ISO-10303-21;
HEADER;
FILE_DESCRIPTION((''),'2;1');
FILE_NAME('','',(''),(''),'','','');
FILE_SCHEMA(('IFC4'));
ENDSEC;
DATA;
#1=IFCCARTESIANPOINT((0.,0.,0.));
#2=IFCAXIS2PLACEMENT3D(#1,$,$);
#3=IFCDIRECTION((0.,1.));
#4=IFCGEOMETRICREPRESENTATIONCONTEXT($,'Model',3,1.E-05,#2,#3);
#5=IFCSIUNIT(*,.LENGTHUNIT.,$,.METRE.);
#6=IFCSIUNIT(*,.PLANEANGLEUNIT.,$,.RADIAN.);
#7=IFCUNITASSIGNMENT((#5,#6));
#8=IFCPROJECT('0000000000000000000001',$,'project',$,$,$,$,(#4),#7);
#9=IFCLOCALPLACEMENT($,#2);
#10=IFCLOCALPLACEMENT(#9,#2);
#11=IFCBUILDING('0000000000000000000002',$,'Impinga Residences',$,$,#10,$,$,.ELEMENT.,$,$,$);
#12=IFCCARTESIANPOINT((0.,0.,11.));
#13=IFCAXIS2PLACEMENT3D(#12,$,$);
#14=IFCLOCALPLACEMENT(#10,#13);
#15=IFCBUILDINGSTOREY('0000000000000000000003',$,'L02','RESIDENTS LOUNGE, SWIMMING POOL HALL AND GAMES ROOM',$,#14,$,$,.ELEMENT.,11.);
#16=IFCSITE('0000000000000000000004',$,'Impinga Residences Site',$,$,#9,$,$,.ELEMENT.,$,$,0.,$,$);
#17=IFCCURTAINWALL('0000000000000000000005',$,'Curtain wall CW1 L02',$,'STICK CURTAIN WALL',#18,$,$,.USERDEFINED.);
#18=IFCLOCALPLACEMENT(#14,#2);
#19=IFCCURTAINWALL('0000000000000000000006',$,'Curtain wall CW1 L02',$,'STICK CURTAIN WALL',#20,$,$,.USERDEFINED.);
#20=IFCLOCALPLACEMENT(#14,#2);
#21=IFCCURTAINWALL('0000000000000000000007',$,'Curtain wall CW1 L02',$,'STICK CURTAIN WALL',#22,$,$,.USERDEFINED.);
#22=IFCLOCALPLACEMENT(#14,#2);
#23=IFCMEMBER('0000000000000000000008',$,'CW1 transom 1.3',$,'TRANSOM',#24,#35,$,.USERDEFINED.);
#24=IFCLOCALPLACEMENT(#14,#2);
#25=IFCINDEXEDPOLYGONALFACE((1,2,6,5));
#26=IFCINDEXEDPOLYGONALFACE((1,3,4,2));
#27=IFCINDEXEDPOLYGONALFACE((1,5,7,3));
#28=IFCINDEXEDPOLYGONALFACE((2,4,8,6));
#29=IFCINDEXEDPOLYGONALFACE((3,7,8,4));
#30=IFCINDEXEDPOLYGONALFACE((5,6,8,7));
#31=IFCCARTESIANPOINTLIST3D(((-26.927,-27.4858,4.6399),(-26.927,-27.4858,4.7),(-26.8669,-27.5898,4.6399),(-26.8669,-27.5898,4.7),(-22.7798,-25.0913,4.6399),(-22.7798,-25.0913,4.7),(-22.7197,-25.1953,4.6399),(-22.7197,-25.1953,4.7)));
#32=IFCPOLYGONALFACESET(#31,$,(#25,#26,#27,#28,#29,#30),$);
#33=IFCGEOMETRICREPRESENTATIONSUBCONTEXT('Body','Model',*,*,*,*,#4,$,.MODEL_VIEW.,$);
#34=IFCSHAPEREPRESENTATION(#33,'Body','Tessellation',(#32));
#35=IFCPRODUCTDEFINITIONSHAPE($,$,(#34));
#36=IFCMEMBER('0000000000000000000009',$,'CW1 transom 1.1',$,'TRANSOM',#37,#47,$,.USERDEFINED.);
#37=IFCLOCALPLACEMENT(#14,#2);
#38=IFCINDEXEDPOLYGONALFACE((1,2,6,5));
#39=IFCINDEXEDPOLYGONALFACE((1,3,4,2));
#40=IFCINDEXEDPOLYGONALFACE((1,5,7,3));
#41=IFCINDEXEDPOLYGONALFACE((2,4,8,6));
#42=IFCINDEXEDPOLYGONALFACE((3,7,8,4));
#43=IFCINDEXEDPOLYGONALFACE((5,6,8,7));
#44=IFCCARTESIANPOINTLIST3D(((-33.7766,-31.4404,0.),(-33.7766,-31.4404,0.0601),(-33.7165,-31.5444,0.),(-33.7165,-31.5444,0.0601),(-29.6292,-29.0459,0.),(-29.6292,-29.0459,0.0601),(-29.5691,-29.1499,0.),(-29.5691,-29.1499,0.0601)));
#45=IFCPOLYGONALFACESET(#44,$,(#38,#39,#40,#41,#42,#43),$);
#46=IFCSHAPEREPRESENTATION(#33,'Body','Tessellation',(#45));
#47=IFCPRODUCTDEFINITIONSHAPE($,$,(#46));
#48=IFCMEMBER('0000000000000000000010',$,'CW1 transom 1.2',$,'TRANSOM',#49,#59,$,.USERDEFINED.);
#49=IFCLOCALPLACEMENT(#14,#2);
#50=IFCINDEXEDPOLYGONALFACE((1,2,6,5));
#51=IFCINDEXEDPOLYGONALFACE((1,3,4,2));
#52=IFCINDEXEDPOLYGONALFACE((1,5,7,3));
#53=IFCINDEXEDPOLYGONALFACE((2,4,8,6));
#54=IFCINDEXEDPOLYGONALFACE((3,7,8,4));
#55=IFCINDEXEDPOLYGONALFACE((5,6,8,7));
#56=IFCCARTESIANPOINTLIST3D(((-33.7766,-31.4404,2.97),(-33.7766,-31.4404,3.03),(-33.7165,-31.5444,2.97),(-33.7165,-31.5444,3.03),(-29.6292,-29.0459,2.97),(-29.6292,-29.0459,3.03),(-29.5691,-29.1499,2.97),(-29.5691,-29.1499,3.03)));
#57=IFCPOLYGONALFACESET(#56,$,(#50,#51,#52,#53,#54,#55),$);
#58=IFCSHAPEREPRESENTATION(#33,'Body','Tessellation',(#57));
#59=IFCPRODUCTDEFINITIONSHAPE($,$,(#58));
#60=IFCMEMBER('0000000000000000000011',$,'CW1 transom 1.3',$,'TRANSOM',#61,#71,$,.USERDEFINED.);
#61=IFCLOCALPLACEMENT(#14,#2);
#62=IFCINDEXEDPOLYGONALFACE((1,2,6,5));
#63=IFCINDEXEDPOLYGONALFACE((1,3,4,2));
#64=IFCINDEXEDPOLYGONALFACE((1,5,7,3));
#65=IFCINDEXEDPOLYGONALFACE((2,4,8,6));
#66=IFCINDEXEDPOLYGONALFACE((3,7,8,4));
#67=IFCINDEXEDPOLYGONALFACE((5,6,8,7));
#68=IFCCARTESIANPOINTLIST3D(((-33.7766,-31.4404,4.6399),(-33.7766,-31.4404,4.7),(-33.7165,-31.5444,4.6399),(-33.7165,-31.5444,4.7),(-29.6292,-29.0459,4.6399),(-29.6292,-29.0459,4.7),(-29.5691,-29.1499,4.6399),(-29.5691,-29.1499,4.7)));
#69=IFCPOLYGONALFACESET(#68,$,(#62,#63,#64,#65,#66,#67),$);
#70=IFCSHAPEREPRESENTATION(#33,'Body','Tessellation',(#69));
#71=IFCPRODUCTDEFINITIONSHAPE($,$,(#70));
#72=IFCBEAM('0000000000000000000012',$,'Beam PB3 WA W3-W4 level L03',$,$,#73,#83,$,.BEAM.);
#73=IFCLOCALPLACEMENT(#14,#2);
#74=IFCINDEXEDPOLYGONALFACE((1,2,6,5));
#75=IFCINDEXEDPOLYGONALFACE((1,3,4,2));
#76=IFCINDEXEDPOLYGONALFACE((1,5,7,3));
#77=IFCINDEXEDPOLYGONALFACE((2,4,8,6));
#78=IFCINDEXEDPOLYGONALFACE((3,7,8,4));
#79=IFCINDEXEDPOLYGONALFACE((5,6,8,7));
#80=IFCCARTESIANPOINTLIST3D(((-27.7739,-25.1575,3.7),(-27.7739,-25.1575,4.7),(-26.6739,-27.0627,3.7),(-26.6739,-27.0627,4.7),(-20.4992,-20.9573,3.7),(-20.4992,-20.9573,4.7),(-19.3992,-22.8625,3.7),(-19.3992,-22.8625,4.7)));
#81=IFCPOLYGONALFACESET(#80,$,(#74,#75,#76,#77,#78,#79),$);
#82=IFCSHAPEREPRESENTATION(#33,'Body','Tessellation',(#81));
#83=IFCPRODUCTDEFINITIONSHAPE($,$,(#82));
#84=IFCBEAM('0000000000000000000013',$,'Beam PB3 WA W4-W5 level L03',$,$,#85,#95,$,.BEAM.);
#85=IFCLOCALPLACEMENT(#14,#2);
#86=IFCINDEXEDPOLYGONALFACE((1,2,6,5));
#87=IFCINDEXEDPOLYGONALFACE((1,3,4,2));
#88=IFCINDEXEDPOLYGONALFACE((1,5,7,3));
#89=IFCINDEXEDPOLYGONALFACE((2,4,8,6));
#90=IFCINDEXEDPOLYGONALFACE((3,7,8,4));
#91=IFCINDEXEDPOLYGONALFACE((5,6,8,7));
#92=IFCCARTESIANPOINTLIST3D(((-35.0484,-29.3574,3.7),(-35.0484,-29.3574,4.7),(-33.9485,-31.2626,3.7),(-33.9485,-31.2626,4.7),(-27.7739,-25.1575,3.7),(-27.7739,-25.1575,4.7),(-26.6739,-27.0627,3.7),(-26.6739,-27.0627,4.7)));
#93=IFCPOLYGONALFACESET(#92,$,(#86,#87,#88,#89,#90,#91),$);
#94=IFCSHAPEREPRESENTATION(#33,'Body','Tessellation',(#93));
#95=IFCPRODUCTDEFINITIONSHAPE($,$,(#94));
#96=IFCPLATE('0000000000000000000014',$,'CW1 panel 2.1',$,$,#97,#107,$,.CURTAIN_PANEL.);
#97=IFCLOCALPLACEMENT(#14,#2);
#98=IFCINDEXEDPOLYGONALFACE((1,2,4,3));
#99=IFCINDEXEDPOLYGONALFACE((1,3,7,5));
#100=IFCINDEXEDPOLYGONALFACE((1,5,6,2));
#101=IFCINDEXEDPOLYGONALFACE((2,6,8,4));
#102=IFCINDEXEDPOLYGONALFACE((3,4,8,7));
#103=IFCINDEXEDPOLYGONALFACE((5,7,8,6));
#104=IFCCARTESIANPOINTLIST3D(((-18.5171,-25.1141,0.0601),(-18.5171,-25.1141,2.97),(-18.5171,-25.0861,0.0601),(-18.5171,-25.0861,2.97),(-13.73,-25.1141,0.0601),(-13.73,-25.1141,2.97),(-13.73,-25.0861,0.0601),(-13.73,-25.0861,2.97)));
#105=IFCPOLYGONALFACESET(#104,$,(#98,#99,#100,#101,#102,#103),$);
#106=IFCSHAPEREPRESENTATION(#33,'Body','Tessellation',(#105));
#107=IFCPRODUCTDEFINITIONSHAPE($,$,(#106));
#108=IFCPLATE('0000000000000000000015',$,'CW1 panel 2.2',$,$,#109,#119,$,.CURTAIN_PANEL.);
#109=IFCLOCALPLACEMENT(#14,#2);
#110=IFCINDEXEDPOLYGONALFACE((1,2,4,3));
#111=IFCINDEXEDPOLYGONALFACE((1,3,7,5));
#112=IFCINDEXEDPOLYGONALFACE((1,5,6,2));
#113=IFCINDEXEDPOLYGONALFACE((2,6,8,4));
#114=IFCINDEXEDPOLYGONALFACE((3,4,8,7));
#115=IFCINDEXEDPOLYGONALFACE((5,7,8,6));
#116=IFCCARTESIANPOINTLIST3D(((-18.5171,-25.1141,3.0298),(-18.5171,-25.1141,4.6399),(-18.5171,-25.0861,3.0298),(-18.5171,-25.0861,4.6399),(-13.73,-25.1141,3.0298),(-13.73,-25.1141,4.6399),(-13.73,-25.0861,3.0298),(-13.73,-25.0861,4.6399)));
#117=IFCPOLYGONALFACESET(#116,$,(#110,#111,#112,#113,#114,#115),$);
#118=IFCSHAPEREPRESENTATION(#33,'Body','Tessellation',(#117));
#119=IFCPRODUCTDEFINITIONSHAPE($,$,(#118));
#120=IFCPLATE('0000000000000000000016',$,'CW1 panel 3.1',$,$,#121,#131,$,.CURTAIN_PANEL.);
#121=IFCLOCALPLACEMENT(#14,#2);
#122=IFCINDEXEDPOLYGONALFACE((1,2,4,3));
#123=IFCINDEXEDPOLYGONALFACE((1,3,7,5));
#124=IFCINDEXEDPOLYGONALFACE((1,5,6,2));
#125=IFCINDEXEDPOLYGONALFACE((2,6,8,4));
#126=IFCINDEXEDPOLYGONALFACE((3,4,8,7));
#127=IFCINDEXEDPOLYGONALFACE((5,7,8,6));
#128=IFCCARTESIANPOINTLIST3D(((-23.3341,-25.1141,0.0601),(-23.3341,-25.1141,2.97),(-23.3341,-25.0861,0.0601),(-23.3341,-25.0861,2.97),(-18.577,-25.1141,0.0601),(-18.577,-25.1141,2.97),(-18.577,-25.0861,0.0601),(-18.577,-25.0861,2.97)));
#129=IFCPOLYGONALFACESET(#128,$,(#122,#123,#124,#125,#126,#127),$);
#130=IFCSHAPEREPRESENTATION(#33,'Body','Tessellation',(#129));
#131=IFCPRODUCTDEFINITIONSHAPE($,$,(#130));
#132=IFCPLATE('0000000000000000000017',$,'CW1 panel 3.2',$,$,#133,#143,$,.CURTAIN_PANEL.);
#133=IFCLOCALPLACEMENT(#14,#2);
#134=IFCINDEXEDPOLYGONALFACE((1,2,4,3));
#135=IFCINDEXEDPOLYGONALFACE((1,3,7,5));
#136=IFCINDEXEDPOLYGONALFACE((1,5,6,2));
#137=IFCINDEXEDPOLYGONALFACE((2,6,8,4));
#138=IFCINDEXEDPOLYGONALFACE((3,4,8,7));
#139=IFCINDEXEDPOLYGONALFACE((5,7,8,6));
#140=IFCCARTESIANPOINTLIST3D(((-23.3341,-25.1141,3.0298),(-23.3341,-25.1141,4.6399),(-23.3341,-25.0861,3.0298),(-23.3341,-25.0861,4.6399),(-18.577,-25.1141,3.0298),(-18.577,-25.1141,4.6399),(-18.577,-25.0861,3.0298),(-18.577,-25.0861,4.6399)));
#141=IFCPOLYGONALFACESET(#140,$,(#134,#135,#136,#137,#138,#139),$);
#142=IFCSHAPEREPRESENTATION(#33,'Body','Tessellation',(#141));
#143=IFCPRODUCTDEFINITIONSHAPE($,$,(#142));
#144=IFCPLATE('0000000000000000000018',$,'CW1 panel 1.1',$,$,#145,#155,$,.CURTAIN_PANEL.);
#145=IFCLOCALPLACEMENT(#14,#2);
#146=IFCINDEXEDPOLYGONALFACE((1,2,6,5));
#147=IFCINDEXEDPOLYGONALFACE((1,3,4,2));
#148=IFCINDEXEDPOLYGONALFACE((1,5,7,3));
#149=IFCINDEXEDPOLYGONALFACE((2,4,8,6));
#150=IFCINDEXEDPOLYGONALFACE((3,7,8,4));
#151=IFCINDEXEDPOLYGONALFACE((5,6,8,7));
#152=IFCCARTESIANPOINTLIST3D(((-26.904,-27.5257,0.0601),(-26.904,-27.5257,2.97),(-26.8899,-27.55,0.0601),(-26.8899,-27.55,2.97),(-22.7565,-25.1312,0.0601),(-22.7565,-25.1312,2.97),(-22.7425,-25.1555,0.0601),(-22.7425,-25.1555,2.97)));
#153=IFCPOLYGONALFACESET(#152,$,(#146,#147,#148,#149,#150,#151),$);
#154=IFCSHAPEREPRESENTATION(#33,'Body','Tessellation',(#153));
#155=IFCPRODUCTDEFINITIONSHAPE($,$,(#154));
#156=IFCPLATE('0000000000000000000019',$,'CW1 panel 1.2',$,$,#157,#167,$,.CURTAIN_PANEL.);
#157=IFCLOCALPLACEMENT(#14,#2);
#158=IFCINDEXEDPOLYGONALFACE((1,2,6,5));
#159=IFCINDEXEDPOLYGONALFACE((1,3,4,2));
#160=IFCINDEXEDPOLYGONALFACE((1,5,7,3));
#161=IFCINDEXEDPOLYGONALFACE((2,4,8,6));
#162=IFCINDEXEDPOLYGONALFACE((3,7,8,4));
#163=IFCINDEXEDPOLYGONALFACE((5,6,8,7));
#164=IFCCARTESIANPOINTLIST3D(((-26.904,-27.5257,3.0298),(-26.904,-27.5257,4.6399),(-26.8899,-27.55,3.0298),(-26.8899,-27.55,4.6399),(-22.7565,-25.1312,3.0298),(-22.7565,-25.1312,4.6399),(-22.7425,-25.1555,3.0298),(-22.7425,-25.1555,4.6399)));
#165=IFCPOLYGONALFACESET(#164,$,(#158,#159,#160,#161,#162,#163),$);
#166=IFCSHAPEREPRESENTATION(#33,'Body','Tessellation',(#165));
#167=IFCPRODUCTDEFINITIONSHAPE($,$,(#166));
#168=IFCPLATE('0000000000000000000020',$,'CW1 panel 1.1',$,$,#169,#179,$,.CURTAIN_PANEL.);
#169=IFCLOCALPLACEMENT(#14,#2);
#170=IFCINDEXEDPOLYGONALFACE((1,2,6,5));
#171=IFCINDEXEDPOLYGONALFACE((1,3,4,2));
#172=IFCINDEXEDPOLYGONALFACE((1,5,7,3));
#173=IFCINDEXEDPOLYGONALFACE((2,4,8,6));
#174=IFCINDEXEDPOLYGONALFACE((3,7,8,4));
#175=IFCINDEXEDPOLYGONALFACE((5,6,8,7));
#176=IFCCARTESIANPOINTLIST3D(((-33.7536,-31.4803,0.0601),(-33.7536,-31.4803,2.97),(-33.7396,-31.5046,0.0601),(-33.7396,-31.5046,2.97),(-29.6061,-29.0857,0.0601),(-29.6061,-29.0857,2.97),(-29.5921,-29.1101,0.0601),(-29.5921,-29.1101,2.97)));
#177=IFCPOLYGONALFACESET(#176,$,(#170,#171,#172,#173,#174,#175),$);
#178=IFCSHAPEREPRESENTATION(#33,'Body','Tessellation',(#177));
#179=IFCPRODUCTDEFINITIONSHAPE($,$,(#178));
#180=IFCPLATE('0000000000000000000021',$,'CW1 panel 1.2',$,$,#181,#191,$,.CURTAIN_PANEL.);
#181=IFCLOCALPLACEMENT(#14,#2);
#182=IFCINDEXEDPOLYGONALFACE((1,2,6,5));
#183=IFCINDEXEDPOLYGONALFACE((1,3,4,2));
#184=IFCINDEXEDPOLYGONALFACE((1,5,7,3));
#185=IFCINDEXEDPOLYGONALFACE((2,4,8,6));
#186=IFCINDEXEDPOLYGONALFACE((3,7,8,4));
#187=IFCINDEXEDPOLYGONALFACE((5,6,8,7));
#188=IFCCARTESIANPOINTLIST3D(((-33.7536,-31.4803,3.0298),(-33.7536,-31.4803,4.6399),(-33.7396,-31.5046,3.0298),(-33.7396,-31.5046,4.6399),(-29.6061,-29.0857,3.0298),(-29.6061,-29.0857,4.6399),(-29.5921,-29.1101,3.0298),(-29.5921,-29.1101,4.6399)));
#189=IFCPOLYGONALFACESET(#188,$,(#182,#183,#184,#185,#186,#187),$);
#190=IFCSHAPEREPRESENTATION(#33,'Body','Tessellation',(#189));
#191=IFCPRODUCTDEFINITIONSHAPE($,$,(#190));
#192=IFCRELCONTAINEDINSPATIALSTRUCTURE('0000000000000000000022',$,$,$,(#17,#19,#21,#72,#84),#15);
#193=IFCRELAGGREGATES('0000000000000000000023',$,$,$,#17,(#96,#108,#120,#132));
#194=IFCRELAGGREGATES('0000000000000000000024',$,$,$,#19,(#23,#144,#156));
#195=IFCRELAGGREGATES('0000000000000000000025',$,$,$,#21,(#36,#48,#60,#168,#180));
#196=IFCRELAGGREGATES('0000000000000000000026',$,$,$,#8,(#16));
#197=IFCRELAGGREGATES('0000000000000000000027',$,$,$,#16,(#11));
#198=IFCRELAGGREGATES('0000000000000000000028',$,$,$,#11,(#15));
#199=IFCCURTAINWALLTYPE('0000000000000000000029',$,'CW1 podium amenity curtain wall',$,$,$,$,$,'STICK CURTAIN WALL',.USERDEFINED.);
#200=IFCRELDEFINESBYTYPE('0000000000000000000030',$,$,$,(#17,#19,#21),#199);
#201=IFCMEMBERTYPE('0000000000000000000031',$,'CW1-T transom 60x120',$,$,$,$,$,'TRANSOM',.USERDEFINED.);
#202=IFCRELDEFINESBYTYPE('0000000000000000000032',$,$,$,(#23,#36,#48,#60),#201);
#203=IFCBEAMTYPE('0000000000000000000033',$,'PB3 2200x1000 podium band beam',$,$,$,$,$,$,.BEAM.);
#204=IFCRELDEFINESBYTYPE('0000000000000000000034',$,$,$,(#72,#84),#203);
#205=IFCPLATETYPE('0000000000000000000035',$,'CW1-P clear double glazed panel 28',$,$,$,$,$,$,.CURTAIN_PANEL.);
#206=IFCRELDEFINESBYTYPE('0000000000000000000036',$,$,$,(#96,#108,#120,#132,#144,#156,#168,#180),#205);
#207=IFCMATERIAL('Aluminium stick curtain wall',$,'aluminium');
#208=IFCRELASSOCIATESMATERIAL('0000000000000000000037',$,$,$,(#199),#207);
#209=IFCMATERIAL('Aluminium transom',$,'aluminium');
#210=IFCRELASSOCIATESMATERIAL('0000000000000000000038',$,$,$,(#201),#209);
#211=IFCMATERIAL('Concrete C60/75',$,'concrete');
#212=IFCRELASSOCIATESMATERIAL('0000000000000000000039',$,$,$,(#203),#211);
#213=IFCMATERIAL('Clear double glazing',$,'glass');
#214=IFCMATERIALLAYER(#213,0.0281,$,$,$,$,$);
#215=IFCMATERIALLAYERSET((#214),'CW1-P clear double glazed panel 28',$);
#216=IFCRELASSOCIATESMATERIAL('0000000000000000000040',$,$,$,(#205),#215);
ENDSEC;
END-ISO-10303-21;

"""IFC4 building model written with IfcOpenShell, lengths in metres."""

from ifc_helpers import new_model, si_unit, direction, frame, origin, origin_2d, place, context, subcontext, project, spatial, rectangle, extrude, material, layer, layer_set, material_profile, profile_set, type_object, element, aggregate, save


model = new_model("IFC4")

# Units and contexts
model_context = context("Model", 3, precision=1e-05, world=origin(), true_north=direction((0.0, 1.0)))
body_context = subcontext(model_context, "Body", "Model", "MODEL_VIEW")
ifc_project = project(units=[si_unit("LENGTHUNIT", "METRE"), si_unit("PLANEANGLEUNIT", "RADIAN")], contexts=[model_context])

# Site, building, storey
site_placement = place(None, origin())
site = spatial("IfcSite", under=ifc_project, at=site_placement, Name="Impinga Residences Site", CompositionType="ELEMENT", RefElevation=0.0)
building_placement = place(site_placement, origin())
building = spatial("IfcBuilding", under=site, at=building_placement, Name="Impinga Residences", CompositionType="ELEMENT")
storey_placement = place(building_placement, frame((0.0, 0.0, 11.0)))
storey = spatial("IfcBuildingStorey", under=building, at=storey_placement, Name="L02", Description="RESIDENTS LOUNGE, SWIMMING POOL HALL AND GAMES ROOM", CompositionType="ELEMENT", Elevation=11.0)

# Shared definitions
ifc_material_1 = material(Name="Concrete C60/75", Category="concrete")

# Curtain walls
ifc_material_2 = material(Name="Aluminium stick curtain wall", Category="aluminium")
curtain_wall_type = type_object("IfcCurtainWallType", Name="CW1 podium amenity curtain wall", ElementType="STICK CURTAIN WALL", PredefinedType="USERDEFINED", material=ifc_material_2)
curtain_wall_1_placement = place(storey_placement, origin())
curtain_wall_1 = element("IfcCurtainWall", 1, at=curtain_wall_1_placement, inside=storey, type_object=curtain_wall_type, Name="Curtain wall CW1 L02", ObjectType="STICK CURTAIN WALL", PredefinedType="USERDEFINED")
curtain_wall_2_placement = place(storey_placement, origin())
curtain_wall_2 = element("IfcCurtainWall", 2, at=curtain_wall_2_placement, inside=storey, type_object=curtain_wall_type, Name="Curtain wall CW1 L02", ObjectType="STICK CURTAIN WALL", PredefinedType="USERDEFINED")

# Curtain wall
curtain_wall_3_placement = place(storey_placement, origin())
curtain_wall_3 = element("IfcCurtainWall", 3, at=curtain_wall_3_placement, inside=storey, type_object=curtain_wall_type, Name="Curtain wall CW1 L02", ObjectType="STICK CURTAIN WALL", PredefinedType="USERDEFINED")

# Members
ifc_material_3 = material(Name="Aluminium transom", Category="aluminium")
ifc_material_profile_1 = material_profile(ifc_material_3, rectangle(XDim=0.0601, YDim=0.1201, at=origin_2d()), Name="60x120 transom")
ifc_profile_set_1 = profile_set([ifc_material_profile_1], Name="Aluminium transom")
member_type_1 = type_object("IfcMemberType", Name="CW1-T transom 60x120", ElementType="TRANSOM", PredefinedType="USERDEFINED", material=ifc_profile_set_1)
member_1_placement = place(storey_placement, frame((-22.7498, -25.1433, 4.6699), z_axis=(-0.866013, -0.500021, 0.0), x_axis=(0.0, 0.0, 1.0)))
member_1 = element("IfcMember", 4, at=member_1_placement, type_object=member_type_1, Name="CW1 transom 1.3", ObjectType="TRANSOM", PredefinedType="USERDEFINED", context=body_context, shape_type="SweptSolid", body=[
    extrude(rectangle(XDim=0.0601, YDim=0.1201, at=origin_2d()), origin(), (0.0, 0.0, 1.0), 4.7888),
])
member_2_placement = place(storey_placement, frame((-29.5991, -29.0979, 0.03), z_axis=(-0.866026, -0.499999, 0.0), x_axis=(0.0, 0.0, 1.0)))
member_2 = element("IfcMember", 5, at=member_2_placement, type_object=member_type_1, Name="CW1 transom 1.1", ObjectType="TRANSOM", PredefinedType="USERDEFINED", context=body_context, shape_type="SweptSolid", body=[
    extrude(rectangle(XDim=0.0601, YDim=0.1201, at=origin_2d()), origin(), (0.0, 0.0, 1.0), 4.7891),
])
member_3_placement = place(storey_placement, frame((-29.5991, -29.0979, 3.0), z_axis=(-0.866026, -0.499999, 0.0), x_axis=(0.0, 0.0, 1.0)))
member_3 = element("IfcMember", 6, at=member_3_placement, type_object=member_type_1, Name="CW1 transom 1.2", ObjectType="TRANSOM", PredefinedType="USERDEFINED", context=body_context, shape_type="SweptSolid", body=[
    extrude(rectangle(XDim=0.0601, YDim=0.1201, at=origin_2d()), origin(), (0.0, 0.0, 1.0), 4.7891),
])
member_4_placement = place(storey_placement, frame((-29.5991, -29.0979, 4.6699), z_axis=(-0.866026, -0.499999, 0.0), x_axis=(0.0, 0.0, 1.0)))
member_4 = element("IfcMember", 7, at=member_4_placement, type_object=member_type_1, Name="CW1 transom 1.3", ObjectType="TRANSOM", PredefinedType="USERDEFINED", context=body_context, shape_type="SweptSolid", body=[
    extrude(rectangle(XDim=0.0601, YDim=0.1201, at=origin_2d()), origin(), (0.0, 0.0, 1.0), 4.7891),
])

# Beams
ifc_material_profile_2 = material_profile(ifc_material_1, rectangle(XDim=2.2, YDim=1.0, at=origin_2d()), Name="RC 2200x1000")
ifc_profile_set_2 = profile_set([ifc_material_profile_2], Name="Concrete C60/75")
beam_type_1 = type_object("IfcBeamType", Name="PB3 2200x1000 podium band beam", PredefinedType="BEAM", material=ifc_profile_set_2)
beam_1_placement = place(storey_placement, frame((-19.9492, -21.9099, 4.2), z_axis=(-0.866017, -0.500015, 0.0), x_axis=(0.500015, -0.866017, 0.0)))
element("IfcBeam", 8, at=beam_1_placement, inside=storey, type_object=beam_type_1, Name="Beam PB3 WA W3-W4 level L03", PredefinedType="BEAM", context=body_context, shape_type="SweptSolid", body=[
    extrude(rectangle(XDim=2.2, YDim=1.0, at=origin_2d()), origin(), (0.0, 0.0, 1.0), 8.4001),
])
beam_2_placement = place(storey_placement, frame((-27.2239, -26.1101, 4.2), z_axis=(-0.866029, -0.499993, 0.0), x_axis=(0.499993, -0.866029, 0.0)))
element("IfcBeam", 9, at=beam_2_placement, inside=storey, type_object=beam_type_1, Name="Beam PB3 WA W4-W5 level L03", PredefinedType="BEAM", context=body_context, shape_type="SweptSolid", body=[
    extrude(rectangle(XDim=2.2, YDim=1.0, at=origin_2d()), origin(), (0.0, 0.0, 1.0), 8.3999),
])

# Plates
ifc_material_4 = material(Name="Clear double glazing", Category="glass")
ifc_layer_1 = layer(ifc_material_4, 0.0281)
ifc_layer_set_1 = layer_set([ifc_layer_1], Name="CW1-P clear double glazed panel 28")
plate_type = type_object("IfcPlateType", Name="CW1-P clear double glazed panel 28", PredefinedType="CURTAIN_PANEL", material=ifc_layer_set_1)
plate_1_placement = place(storey_placement, frame((-16.1235, -25.1001, 0.0601), z_axis=(0.0, 0.0, 1.0), x_axis=(-1.0, 0.0, 0.0)))
plate_1 = element("IfcPlate", 10, at=plate_1_placement, type_object=plate_type, Name="CW1 panel 2.1", PredefinedType="CURTAIN_PANEL", context=body_context, shape_type="SweptSolid", body=[
    extrude(rectangle(XDim=4.7871, YDim=0.0281, at=origin_2d()), origin(), (0.0, 0.0, 1.0), 2.9099),
])
plate_2_placement = place(storey_placement, frame((-16.1235, -25.1001, 3.0298), z_axis=(0.0, 0.0, 1.0), x_axis=(-1.0, 0.0, 0.0)))
plate_2 = element("IfcPlate", 11, at=plate_2_placement, type_object=plate_type, Name="CW1 panel 2.2", PredefinedType="CURTAIN_PANEL", context=body_context, shape_type="SweptSolid", body=[
    extrude(rectangle(XDim=4.7871, YDim=0.0281, at=origin_2d()), origin(), (0.0, 0.0, 1.0), 1.6101),
])
plate_3_placement = place(storey_placement, frame((-20.9556, -25.1001, 0.0601), z_axis=(0.0, 0.0, 1.0), x_axis=(-1.0, 0.0, 0.0)))
plate_3 = element("IfcPlate", 12, at=plate_3_placement, type_object=plate_type, Name="CW1 panel 3.1", PredefinedType="CURTAIN_PANEL", context=body_context, shape_type="SweptSolid", body=[
    extrude(rectangle(XDim=4.7571, YDim=0.0281, at=origin_2d()), origin(), (0.0, 0.0, 1.0), 2.9099),
])
plate_4_placement = place(storey_placement, frame((-20.9556, -25.1001, 3.0298), z_axis=(0.0, 0.0, 1.0), x_axis=(-1.0, 0.0, 0.0)))
plate_4 = element("IfcPlate", 13, at=plate_4_placement, type_object=plate_type, Name="CW1 panel 3.2", PredefinedType="CURTAIN_PANEL", context=body_context, shape_type="SweptSolid", body=[
    extrude(rectangle(XDim=4.7571, YDim=0.0281, at=origin_2d()), origin(), (0.0, 0.0, 1.0), 1.6101),
])
aggregate(curtain_wall_1, [plate_1, plate_2, plate_3, plate_4])
plate_5_placement = place(storey_placement, frame((-24.8232, -26.3406, 0.0601), z_axis=(0.0, 0.0, 1.0), x_axis=(-0.866025, -0.5, 0.0)))
plate_5 = element("IfcPlate", 14, at=plate_5_placement, type_object=plate_type, Name="CW1 panel 1.1", PredefinedType="CURTAIN_PANEL", context=body_context, shape_type="SweptSolid", body=[
    extrude(rectangle(XDim=4.7891, YDim=0.0281, at=origin_2d()), origin(), (0.0, 0.0, 1.0), 2.9099),
])
plate_6_placement = place(storey_placement, frame((-24.8232, -26.3406, 3.0298), z_axis=(0.0, 0.0, 1.0), x_axis=(-0.866025, -0.5, 0.0)))
plate_6 = element("IfcPlate", 15, at=plate_6_placement, type_object=plate_type, Name="CW1 panel 1.2", PredefinedType="CURTAIN_PANEL", context=body_context, shape_type="SweptSolid", body=[
    extrude(rectangle(XDim=4.7891, YDim=0.0281, at=origin_2d()), origin(), (0.0, 0.0, 1.0), 1.6101),
])
aggregate(curtain_wall_2, [member_1, plate_5, plate_6])
plate_7_placement = place(storey_placement, frame((-31.6729, -30.2952, 0.0601), z_axis=(0.0, 0.0, 1.0), x_axis=(-0.866025, -0.5, 0.0)))
plate_7 = element("IfcPlate", 16, at=plate_7_placement, type_object=plate_type, Name="CW1 panel 1.1", PredefinedType="CURTAIN_PANEL", context=body_context, shape_type="SweptSolid", body=[
    extrude(rectangle(XDim=4.7891, YDim=0.0281, at=origin_2d()), origin(), (0.0, 0.0, 1.0), 2.9099),
])
plate_8_placement = place(storey_placement, frame((-31.6729, -30.2952, 3.0298), z_axis=(0.0, 0.0, 1.0), x_axis=(-0.866025, -0.5, 0.0)))
plate_8 = element("IfcPlate", 17, at=plate_8_placement, type_object=plate_type, Name="CW1 panel 1.2", PredefinedType="CURTAIN_PANEL", context=body_context, shape_type="SweptSolid", body=[
    extrude(rectangle(XDim=4.7891, YDim=0.0281, at=origin_2d()), origin(), (0.0, 0.0, 1.0), 1.6101),
])
aggregate(curtain_wall_3, [member_2, member_3, member_4, plate_7, plate_8])

save(model, "model.ifc")
